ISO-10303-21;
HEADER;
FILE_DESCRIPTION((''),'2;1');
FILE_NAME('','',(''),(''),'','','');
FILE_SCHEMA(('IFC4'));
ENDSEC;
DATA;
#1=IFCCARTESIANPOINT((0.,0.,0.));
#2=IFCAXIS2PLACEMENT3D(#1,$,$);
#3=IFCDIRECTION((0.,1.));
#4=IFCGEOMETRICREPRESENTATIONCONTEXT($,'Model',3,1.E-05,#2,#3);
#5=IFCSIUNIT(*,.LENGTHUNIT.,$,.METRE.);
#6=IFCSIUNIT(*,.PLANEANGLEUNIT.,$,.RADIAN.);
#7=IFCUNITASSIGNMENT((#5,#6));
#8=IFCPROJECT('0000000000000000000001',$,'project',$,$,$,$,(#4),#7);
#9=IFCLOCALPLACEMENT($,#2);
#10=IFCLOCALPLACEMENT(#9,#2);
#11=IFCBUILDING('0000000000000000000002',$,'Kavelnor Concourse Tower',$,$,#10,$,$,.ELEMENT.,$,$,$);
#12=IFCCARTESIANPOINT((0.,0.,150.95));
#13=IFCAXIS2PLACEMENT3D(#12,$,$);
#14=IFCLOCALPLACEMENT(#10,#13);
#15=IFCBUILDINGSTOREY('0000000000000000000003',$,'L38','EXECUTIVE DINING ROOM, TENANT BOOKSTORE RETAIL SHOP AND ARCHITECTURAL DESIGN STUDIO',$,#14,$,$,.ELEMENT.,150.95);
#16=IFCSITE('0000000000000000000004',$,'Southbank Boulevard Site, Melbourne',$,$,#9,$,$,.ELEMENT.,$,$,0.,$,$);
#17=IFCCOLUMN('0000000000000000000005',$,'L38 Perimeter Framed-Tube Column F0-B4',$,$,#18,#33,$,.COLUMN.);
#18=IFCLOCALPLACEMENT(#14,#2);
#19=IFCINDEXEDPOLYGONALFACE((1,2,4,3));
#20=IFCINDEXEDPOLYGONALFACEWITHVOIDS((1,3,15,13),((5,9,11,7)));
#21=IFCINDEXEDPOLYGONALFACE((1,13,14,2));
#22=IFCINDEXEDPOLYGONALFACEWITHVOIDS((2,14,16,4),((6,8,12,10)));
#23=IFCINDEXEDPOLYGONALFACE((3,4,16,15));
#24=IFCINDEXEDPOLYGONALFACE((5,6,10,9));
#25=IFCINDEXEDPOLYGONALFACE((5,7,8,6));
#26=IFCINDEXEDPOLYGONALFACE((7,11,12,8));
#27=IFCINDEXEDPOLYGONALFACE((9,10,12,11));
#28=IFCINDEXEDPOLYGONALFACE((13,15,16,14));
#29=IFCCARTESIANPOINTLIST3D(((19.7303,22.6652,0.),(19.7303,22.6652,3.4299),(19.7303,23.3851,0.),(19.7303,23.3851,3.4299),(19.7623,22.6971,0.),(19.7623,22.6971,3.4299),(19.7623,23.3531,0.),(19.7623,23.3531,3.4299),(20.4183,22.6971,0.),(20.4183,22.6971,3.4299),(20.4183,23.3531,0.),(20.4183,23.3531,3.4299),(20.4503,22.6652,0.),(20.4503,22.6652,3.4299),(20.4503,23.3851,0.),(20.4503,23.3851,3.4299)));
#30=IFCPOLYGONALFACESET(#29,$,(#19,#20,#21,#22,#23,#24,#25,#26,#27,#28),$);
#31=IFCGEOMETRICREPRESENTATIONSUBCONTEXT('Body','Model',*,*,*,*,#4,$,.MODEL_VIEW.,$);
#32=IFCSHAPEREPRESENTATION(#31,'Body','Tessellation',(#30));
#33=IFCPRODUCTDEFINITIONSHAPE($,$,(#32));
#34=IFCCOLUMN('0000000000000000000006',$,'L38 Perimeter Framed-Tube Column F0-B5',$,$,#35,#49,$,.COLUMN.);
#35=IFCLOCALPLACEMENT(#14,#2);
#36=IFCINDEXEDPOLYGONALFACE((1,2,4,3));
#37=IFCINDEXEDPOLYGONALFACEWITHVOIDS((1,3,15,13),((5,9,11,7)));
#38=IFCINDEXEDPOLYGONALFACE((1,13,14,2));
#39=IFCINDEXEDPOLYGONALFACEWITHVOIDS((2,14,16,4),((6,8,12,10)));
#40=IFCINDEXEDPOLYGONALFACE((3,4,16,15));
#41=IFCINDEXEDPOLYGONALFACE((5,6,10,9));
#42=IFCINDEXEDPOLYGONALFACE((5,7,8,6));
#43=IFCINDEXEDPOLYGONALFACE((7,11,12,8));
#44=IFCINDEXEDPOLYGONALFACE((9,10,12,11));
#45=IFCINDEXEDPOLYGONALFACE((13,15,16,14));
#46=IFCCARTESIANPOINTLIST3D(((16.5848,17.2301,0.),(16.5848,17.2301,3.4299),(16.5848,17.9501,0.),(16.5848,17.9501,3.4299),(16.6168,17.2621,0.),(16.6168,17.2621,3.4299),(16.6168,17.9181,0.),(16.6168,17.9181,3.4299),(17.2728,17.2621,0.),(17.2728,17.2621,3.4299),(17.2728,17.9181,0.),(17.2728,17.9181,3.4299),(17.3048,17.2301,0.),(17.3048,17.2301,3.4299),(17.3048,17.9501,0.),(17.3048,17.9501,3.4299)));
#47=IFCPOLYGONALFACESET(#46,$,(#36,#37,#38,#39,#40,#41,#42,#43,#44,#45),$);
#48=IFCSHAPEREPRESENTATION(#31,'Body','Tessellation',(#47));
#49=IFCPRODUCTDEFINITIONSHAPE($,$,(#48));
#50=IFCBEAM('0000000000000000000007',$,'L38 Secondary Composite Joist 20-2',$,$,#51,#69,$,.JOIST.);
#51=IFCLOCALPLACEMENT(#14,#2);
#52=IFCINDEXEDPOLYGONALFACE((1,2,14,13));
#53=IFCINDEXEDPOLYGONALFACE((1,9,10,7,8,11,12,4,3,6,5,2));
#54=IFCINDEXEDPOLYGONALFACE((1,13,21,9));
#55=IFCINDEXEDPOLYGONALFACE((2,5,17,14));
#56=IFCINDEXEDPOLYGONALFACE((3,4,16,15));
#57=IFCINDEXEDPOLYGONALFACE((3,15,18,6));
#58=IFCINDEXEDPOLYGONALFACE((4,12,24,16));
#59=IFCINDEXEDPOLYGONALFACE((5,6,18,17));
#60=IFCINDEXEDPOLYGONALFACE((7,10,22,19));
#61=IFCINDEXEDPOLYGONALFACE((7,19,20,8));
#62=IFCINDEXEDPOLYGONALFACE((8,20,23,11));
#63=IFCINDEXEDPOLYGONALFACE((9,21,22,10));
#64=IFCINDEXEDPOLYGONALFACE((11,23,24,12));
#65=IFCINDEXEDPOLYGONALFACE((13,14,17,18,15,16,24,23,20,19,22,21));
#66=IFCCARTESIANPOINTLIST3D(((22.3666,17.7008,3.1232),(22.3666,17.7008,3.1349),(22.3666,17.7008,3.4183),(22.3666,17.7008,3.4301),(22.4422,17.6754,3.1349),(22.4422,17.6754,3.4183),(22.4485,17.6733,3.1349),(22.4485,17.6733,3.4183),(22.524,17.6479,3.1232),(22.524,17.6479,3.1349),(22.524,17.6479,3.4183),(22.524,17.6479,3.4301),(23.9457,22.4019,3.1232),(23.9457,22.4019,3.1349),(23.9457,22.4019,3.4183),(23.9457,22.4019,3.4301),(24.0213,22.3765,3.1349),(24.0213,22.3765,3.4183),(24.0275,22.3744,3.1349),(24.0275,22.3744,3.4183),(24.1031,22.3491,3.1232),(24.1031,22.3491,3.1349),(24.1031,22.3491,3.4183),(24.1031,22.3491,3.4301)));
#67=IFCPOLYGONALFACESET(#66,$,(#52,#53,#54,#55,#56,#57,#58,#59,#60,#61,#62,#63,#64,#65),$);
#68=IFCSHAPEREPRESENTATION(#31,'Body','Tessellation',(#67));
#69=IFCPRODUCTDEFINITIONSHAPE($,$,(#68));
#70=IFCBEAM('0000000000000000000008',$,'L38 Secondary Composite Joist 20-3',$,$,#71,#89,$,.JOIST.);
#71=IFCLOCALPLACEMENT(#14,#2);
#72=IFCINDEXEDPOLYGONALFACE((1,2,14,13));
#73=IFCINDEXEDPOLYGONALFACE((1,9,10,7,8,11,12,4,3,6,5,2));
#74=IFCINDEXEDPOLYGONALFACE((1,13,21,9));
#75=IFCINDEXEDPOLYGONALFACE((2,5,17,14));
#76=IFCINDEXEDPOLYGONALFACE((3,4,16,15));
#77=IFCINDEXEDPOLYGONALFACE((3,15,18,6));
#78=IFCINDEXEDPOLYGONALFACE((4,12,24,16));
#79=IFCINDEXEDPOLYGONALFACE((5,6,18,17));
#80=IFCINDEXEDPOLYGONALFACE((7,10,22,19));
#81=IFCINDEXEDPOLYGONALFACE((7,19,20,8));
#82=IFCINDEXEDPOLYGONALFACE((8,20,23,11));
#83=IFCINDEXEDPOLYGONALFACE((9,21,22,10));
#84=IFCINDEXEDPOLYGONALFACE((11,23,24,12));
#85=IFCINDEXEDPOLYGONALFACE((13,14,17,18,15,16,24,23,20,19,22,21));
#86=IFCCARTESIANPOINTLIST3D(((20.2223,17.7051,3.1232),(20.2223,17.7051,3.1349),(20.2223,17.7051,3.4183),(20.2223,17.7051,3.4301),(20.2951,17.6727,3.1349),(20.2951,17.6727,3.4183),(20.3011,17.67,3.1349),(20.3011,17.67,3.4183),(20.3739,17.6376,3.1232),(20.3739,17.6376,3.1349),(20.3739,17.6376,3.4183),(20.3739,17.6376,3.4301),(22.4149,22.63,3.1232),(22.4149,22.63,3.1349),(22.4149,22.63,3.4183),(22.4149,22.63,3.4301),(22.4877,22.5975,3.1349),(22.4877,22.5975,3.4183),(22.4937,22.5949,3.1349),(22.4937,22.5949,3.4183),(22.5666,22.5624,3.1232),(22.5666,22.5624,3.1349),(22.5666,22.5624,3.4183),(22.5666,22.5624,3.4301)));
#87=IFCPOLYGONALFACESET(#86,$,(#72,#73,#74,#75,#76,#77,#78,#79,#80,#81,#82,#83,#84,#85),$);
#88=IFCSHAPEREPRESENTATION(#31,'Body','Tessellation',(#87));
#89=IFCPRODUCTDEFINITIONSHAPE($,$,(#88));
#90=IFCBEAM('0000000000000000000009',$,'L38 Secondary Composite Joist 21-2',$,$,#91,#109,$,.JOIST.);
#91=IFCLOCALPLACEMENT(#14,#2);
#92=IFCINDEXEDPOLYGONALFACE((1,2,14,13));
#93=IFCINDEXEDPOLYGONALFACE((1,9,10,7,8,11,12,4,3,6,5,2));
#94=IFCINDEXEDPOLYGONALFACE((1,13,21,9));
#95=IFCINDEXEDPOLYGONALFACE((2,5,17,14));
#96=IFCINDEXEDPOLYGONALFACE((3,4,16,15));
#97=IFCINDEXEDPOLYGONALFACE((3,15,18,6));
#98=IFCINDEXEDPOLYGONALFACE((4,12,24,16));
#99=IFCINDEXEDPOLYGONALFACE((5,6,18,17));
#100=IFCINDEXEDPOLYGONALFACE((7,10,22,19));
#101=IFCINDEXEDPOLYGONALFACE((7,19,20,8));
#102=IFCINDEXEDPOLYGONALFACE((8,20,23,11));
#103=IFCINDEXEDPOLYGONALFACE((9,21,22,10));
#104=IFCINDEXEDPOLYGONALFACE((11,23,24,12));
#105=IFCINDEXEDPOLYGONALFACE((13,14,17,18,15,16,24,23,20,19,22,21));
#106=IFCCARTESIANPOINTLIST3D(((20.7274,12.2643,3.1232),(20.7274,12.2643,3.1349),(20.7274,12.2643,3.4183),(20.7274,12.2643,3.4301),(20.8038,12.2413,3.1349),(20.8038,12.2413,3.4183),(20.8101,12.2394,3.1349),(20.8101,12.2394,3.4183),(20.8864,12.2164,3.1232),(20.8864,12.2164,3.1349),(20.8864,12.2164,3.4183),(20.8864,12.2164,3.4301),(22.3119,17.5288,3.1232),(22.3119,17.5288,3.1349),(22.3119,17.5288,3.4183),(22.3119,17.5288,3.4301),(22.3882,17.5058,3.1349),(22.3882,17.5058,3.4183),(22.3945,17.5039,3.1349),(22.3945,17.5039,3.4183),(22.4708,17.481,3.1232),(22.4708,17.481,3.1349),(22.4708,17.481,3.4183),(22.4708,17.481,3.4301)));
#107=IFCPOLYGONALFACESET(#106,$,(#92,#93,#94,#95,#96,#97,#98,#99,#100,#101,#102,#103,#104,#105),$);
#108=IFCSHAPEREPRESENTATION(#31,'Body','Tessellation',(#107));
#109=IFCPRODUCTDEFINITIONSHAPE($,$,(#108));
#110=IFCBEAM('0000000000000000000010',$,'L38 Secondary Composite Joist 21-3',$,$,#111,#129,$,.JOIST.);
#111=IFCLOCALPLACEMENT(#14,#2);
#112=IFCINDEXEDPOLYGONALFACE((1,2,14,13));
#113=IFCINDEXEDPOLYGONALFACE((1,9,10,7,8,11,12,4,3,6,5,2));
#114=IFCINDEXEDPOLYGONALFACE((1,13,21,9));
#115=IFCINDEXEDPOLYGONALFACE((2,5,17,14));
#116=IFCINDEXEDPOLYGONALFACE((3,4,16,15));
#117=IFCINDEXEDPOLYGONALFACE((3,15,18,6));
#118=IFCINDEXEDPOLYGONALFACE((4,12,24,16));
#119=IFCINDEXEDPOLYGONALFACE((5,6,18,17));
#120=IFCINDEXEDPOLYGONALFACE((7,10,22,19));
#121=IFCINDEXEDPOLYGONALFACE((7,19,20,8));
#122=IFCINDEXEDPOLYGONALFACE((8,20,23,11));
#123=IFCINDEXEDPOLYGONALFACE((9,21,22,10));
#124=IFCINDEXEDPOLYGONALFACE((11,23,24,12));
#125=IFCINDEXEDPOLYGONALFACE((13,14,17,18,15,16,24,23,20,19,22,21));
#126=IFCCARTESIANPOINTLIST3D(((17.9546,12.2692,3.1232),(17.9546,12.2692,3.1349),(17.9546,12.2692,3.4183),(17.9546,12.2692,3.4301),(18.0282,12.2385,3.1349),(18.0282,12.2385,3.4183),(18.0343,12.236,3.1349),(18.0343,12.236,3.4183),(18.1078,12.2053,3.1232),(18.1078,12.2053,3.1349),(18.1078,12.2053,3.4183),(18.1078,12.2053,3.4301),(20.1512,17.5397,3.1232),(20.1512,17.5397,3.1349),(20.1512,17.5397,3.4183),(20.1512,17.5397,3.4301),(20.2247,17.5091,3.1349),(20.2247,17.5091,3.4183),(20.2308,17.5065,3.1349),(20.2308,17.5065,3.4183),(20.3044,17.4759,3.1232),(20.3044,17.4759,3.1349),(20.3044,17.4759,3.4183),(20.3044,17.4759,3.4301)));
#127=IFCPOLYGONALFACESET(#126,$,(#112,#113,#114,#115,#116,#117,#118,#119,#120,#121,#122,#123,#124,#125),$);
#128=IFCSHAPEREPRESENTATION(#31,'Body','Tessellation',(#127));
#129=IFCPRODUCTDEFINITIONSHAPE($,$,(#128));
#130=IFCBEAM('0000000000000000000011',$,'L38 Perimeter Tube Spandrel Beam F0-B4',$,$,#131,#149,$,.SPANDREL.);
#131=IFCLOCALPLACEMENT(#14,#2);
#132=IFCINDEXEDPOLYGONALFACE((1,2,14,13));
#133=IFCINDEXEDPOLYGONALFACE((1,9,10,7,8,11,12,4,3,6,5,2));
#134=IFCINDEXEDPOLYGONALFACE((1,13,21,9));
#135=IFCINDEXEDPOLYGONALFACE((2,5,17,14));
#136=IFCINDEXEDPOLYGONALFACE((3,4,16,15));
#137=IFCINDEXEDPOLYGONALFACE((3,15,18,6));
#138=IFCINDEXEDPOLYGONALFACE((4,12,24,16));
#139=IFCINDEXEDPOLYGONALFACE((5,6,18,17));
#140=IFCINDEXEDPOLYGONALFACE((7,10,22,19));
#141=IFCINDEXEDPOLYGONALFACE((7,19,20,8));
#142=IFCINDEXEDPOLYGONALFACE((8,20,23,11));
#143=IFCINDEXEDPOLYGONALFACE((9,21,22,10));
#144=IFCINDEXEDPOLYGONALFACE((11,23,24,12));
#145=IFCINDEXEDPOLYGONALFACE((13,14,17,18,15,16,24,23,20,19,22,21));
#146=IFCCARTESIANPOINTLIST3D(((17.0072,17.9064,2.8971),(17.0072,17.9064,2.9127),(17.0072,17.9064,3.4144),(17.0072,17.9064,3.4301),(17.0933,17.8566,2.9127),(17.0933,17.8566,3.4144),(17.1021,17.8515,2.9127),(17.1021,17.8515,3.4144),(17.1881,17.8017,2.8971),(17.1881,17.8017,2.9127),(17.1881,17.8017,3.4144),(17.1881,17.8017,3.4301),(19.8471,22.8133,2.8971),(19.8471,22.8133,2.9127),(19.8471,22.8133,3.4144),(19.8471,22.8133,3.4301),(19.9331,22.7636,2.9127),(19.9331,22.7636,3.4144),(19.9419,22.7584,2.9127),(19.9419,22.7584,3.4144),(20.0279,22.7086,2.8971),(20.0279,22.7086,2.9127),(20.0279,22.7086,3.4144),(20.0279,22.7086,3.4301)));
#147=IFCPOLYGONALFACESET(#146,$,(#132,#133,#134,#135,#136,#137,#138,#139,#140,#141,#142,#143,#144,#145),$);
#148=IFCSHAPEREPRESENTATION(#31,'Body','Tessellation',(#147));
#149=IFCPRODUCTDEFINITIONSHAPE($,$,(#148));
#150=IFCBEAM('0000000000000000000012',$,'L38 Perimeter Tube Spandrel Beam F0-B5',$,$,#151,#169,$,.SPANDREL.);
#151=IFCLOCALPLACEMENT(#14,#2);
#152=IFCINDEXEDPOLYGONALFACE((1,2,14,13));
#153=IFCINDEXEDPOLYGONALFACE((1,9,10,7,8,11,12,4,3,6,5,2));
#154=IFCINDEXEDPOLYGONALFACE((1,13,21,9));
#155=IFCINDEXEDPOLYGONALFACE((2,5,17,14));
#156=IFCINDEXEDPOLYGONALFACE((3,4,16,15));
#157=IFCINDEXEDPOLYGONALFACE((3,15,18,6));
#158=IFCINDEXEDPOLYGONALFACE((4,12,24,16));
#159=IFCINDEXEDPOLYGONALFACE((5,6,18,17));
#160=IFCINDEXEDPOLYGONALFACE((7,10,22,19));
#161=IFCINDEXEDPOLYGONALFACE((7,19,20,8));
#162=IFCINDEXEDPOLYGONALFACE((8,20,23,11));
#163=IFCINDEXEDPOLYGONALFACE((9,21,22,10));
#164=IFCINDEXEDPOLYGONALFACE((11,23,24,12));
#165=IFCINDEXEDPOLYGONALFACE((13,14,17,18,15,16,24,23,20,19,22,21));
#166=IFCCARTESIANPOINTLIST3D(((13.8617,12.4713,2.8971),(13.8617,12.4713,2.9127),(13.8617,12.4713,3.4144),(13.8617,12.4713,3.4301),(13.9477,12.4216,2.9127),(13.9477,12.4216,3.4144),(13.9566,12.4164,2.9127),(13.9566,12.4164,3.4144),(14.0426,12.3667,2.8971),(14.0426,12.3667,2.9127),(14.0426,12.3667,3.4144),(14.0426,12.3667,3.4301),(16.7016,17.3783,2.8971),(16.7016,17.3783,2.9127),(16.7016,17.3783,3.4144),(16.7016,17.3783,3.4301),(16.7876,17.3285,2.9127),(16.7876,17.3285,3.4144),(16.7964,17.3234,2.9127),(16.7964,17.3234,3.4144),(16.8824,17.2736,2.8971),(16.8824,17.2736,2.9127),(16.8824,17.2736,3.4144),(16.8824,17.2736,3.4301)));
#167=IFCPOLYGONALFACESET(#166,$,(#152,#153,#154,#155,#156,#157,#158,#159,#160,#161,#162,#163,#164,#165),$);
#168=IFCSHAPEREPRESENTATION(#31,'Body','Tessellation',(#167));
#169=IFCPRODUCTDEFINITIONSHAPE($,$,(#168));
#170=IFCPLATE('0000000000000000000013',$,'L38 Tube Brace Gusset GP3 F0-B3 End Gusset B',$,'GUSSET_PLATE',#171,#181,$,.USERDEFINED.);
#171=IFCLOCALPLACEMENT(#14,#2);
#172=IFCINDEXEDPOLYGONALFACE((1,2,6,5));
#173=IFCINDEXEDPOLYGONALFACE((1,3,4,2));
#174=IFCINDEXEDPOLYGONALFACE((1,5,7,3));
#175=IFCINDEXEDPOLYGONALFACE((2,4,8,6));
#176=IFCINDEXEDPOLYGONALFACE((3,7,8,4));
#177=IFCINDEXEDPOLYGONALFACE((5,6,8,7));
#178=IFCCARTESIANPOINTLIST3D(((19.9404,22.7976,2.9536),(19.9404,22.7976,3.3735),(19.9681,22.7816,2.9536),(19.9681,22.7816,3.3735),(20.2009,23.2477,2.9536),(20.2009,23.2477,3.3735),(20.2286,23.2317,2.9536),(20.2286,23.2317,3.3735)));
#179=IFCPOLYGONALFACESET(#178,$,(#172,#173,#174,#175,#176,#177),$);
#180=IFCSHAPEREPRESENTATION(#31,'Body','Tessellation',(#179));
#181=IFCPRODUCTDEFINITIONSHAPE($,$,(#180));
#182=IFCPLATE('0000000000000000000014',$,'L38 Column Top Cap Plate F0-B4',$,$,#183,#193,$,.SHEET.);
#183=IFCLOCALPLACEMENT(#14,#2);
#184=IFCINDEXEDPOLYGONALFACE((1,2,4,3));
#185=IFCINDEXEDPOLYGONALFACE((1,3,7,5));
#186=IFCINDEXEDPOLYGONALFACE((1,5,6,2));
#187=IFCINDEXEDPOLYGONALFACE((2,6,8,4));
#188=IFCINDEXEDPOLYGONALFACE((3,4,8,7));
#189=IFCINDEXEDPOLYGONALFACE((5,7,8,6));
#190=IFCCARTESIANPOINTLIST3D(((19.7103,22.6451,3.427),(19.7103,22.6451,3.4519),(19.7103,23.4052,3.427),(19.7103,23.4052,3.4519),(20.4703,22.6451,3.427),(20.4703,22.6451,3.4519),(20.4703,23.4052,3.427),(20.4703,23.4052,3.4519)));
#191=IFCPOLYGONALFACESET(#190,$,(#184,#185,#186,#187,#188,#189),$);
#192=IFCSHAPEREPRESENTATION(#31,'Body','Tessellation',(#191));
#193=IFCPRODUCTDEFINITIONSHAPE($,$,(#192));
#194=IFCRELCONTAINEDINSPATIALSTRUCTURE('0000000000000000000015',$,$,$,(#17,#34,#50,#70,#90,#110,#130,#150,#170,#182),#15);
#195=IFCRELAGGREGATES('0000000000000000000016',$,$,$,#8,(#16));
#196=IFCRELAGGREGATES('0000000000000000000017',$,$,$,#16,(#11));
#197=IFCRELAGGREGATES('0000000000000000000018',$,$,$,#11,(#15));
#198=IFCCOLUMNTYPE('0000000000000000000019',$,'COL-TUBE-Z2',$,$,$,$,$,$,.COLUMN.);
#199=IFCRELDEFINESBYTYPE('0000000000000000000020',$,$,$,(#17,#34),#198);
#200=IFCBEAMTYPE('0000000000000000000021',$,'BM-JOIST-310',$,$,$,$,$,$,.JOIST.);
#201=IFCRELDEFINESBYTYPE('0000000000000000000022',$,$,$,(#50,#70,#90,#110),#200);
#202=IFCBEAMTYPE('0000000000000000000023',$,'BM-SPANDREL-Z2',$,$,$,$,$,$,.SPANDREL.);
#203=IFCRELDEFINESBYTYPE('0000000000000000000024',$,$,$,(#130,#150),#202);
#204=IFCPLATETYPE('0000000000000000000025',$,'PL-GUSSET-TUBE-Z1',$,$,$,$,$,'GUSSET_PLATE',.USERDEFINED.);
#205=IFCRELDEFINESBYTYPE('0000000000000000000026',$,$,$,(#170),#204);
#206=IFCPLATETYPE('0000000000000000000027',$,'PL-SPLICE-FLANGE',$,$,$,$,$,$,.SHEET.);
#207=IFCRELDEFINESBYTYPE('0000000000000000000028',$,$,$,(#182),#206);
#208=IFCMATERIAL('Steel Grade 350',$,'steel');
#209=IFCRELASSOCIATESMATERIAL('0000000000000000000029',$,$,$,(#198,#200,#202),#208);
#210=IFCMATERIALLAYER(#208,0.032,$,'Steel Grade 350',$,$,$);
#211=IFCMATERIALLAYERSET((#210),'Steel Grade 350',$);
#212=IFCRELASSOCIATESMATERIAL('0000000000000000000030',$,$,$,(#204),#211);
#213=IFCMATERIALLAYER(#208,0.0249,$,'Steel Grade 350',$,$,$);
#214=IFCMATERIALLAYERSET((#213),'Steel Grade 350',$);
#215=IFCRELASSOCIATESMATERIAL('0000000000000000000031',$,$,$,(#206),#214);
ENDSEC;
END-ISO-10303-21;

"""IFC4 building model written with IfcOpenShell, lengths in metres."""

from ifc_helpers import new_model, si_unit, direction, frame, origin, origin_2d, place, context, subcontext, project, spatial, rectangle, hollow_rectangle, i_section, extrude, material, layer, layer_set, material_profile, profile_set, type_object, element, save


model = new_model("IFC4")

# Units and contexts
model_context = context("Model", 3, precision=1e-05, world=origin(), true_north=direction((0.0, 1.0)))
body_context = subcontext(model_context, "Body", "Model", "MODEL_VIEW")
ifc_project = project(units=[si_unit("LENGTHUNIT", "METRE"), si_unit("PLANEANGLEUNIT", "RADIAN")], contexts=[model_context])

# Site, building, storey
site_placement = place(None, origin())
site = spatial("IfcSite", under=ifc_project, at=site_placement, Name="Southbank Boulevard Site, Melbourne", CompositionType="ELEMENT", RefElevation=0.0)
building_placement = place(site_placement, origin())
building = spatial("IfcBuilding", under=site, at=building_placement, Name="Kavelnor Concourse Tower", CompositionType="ELEMENT")
storey_placement = place(building_placement, frame((0.0, 0.0, 150.95)))
storey = spatial("IfcBuildingStorey", under=building, at=storey_placement, Name="L38", Description="EXECUTIVE DINING ROOM, TENANT BOOKSTORE RETAIL SHOP AND ARCHITECTURAL DESIGN STUDIO", CompositionType="ELEMENT", Elevation=150.95)

# Columns
ifc_material_1 = material(Name="Steel Grade 350", Category="steel")
ifc_material_profile_1 = material_profile(ifc_material_1, hollow_rectangle(XDim=0.72, YDim=0.72, WallThickness=0.032, at=origin_2d()), Name="SHS 720x720x32")
ifc_profile_set_1 = profile_set([ifc_material_profile_1], Name="Steel Grade 350")
column_type = type_object("IfcColumnType", Name="COL-TUBE-Z2", PredefinedType="COLUMN", material=ifc_profile_set_1)
for number, where, z_axis, x_axis, name in (
    (1, (20.0903, 23.0251, 0.0), (0.0, 0.0, 1.0), (1.0, 0.0, 0.0), "L38 Perimeter Framed-Tube Column F0-B4"),
    (2, (16.9448, 17.5901, 0.0), (0.0, 0.0, 1.0), (1.0, 0.0, 0.0), "L38 Perimeter Framed-Tube Column F0-B5"),
):
    element("IfcColumn", number, at=place(storey_placement, frame(where, z_axis=z_axis, x_axis=x_axis)), inside=storey, type_object=column_type, Name=name, PredefinedType="COLUMN", context=body_context, shape_type="SweptSolid", body=[
        extrude(hollow_rectangle(XDim=0.72, YDim=0.72, WallThickness=0.032, at=origin_2d()), origin(), (0.0, 0.0, 1.0), 3.4299),
    ])

# Beams
ifc_material_profile_2 = material_profile(ifc_material_1, i_section(OverallWidth=0.166, OverallDepth=0.3069, WebThickness=0.0066, FlangeThickness=0.0117, at=origin_2d()), Name="310UB46")
ifc_profile_set_2 = profile_set([ifc_material_profile_2], Name="Steel Grade 350")
beam_type_1 = type_object("IfcBeamType", Name="BM-JOIST-310", PredefinedType="JOIST", material=ifc_profile_set_2)
beam_1_placement = place(storey_placement, frame((24.0244, 22.3755, 3.2766), z_axis=(-0.318413, -0.947952, 0.0), x_axis=(0.947952, -0.318413, 0.0)))
element("IfcBeam", 3, at=beam_1_placement, inside=storey, type_object=beam_type_1, Name="L38 Secondary Composite Joist 20-2", PredefinedType="JOIST", context=body_context, shape_type="SweptSolid", body=[
    extrude(i_section(OverallWidth=0.166, OverallDepth=0.3069, WebThickness=0.0066, FlangeThickness=0.0117, at=origin_2d()), origin(), (0.0, 0.0, 1.0), 4.9592),
])
beam_2_placement = place(storey_placement, frame((22.4907, 22.5962, 3.2766), z_axis=(-0.406731, -0.913548, 0.0), x_axis=(0.913548, -0.406731, 0.0)))
element("IfcBeam", 4, at=beam_2_placement, inside=storey, type_object=beam_type_1, Name="L38 Secondary Composite Joist 20-3", PredefinedType="JOIST", context=body_context, shape_type="SweptSolid", body=[
    extrude(i_section(OverallWidth=0.166, OverallDepth=0.3069, WebThickness=0.0066, FlangeThickness=0.0117, at=origin_2d()), origin(), (0.0, 0.0, 1.0), 5.3909),
])
beam_3_placement = place(storey_placement, frame((22.3914, 17.5049, 3.2766), z_axis=(-0.288195, -0.957572, 0.0), x_axis=(0.957572, -0.288195, 0.0)))
element("IfcBeam", 5, at=beam_3_placement, inside=storey, type_object=beam_type_1, Name="L38 Secondary Composite Joist 21-2", PredefinedType="JOIST", context=body_context, shape_type="SweptSolid", body=[
    extrude(i_section(OverallWidth=0.166, OverallDepth=0.3069, WebThickness=0.0066, FlangeThickness=0.0117, at=origin_2d()), origin(), (0.0, 0.0, 1.0), 5.4978),
])
beam_4_placement = place(storey_placement, frame((20.2278, 17.5078, 3.2766), z_axis=(-0.384688, -0.923047, 0.0), x_axis=(0.923047, -0.384688, 0.0)))
element("IfcBeam", 6, at=beam_4_placement, inside=storey, type_object=beam_type_1, Name="L38 Secondary Composite Joist 21-3", PredefinedType="JOIST", context=body_context, shape_type="SweptSolid", body=[
    extrude(i_section(OverallWidth=0.166, OverallDepth=0.3069, WebThickness=0.0066, FlangeThickness=0.0117, at=origin_2d()), origin(), (0.0, 0.0, 1.0), 5.71),
])
ifc_material_profile_3 = material_profile(ifc_material_1, i_section(OverallWidth=0.209, OverallDepth=0.533, WebThickness=0.0103, FlangeThickness=0.0156, at=origin_2d()), Name="530UB92")
ifc_profile_set_3 = profile_set([ifc_material_profile_3], Name="Steel Grade 350")
beam_type_2 = type_object("IfcBeamType", Name="BM-SPANDREL-Z2", PredefinedType="SPANDREL", material=ifc_profile_set_3)
for number, where, z_axis, x_axis, name in (
    (7, (19.9375, 22.761, 3.1636), (-0.500899, -0.865506, 0.0), (0.865506, -0.500899, 0.0), "L38 Perimeter Tube Spandrel Beam F0-B4"),
    (8, (16.792, 17.3259, 3.1636), (-0.500899, -0.865506, 0.0), (0.865506, -0.500899, 0.0), "L38 Perimeter Tube Spandrel Beam F0-B5"),
):
    element("IfcBeam", number, at=place(storey_placement, frame(where, z_axis=z_axis, x_axis=x_axis)), inside=storey, type_object=beam_type_2, Name=name, PredefinedType="SPANDREL", context=body_context, shape_type="SweptSolid", body=[
        extrude(i_section(OverallWidth=0.209, OverallDepth=0.533, WebThickness=0.0103, FlangeThickness=0.0156, at=origin_2d()), origin(), (0.0, 0.0, 1.0), 5.6694),
    ])

# Plates
ifc_layer_1 = layer(ifc_material_1, 0.032, Name="Steel Grade 350")
ifc_layer_set_1 = layer_set([ifc_layer_1], Name="Steel Grade 350")
plate_type_1 = type_object("IfcPlateType", Name="PL-GUSSET-TUBE-Z1", ElementType="GUSSET_PLATE", PredefinedType="USERDEFINED", material=ifc_layer_set_1)
plate_placement = place(storey_placement, frame((20.0845, 23.0146, 2.9536), z_axis=(0.0, 0.0, 1.0), x_axis=(-0.500907, -0.865501, 0.0)))
element("IfcPlate", 9, at=plate_placement, inside=storey, type_object=plate_type_1, Name="L38 Tube Brace Gusset GP3 F0-B3 End Gusset B", ObjectType="GUSSET_PLATE", PredefinedType="USERDEFINED", context=body_context, shape_type="SweptSolid", body=[
    extrude(rectangle(XDim=0.52, YDim=0.032, at=origin_2d()), origin(), (0.0, 0.0, 1.0), 0.4199),
])
ifc_layer_2 = layer(ifc_material_1, 0.0249, Name="Steel Grade 350")
ifc_layer_set_2 = layer_set([ifc_layer_2], Name="Steel Grade 350")
plate_type_2 = type_object("IfcPlateType", Name="PL-SPLICE-FLANGE", PredefinedType="SHEET", material=ifc_layer_set_2)
for number, where, z_axis, x_axis, name in (
    (10, (20.0903, 23.0251, 3.427), (0.0, 0.0, 1.0), (1.0, 0.0, 0.0), "L38 Column Top Cap Plate F0-B4"),
):
    element("IfcPlate", number, at=place(storey_placement, frame(where, z_axis=z_axis, x_axis=x_axis)), inside=storey, type_object=plate_type_2, Name=name, PredefinedType="SHEET", context=body_context, shape_type="SweptSolid", body=[
        extrude(rectangle(XDim=0.76, YDim=0.76, at=origin_2d()), origin(), (0.0, 0.0, 1.0), 0.0249),
    ])

save(model, "model.ifc")
